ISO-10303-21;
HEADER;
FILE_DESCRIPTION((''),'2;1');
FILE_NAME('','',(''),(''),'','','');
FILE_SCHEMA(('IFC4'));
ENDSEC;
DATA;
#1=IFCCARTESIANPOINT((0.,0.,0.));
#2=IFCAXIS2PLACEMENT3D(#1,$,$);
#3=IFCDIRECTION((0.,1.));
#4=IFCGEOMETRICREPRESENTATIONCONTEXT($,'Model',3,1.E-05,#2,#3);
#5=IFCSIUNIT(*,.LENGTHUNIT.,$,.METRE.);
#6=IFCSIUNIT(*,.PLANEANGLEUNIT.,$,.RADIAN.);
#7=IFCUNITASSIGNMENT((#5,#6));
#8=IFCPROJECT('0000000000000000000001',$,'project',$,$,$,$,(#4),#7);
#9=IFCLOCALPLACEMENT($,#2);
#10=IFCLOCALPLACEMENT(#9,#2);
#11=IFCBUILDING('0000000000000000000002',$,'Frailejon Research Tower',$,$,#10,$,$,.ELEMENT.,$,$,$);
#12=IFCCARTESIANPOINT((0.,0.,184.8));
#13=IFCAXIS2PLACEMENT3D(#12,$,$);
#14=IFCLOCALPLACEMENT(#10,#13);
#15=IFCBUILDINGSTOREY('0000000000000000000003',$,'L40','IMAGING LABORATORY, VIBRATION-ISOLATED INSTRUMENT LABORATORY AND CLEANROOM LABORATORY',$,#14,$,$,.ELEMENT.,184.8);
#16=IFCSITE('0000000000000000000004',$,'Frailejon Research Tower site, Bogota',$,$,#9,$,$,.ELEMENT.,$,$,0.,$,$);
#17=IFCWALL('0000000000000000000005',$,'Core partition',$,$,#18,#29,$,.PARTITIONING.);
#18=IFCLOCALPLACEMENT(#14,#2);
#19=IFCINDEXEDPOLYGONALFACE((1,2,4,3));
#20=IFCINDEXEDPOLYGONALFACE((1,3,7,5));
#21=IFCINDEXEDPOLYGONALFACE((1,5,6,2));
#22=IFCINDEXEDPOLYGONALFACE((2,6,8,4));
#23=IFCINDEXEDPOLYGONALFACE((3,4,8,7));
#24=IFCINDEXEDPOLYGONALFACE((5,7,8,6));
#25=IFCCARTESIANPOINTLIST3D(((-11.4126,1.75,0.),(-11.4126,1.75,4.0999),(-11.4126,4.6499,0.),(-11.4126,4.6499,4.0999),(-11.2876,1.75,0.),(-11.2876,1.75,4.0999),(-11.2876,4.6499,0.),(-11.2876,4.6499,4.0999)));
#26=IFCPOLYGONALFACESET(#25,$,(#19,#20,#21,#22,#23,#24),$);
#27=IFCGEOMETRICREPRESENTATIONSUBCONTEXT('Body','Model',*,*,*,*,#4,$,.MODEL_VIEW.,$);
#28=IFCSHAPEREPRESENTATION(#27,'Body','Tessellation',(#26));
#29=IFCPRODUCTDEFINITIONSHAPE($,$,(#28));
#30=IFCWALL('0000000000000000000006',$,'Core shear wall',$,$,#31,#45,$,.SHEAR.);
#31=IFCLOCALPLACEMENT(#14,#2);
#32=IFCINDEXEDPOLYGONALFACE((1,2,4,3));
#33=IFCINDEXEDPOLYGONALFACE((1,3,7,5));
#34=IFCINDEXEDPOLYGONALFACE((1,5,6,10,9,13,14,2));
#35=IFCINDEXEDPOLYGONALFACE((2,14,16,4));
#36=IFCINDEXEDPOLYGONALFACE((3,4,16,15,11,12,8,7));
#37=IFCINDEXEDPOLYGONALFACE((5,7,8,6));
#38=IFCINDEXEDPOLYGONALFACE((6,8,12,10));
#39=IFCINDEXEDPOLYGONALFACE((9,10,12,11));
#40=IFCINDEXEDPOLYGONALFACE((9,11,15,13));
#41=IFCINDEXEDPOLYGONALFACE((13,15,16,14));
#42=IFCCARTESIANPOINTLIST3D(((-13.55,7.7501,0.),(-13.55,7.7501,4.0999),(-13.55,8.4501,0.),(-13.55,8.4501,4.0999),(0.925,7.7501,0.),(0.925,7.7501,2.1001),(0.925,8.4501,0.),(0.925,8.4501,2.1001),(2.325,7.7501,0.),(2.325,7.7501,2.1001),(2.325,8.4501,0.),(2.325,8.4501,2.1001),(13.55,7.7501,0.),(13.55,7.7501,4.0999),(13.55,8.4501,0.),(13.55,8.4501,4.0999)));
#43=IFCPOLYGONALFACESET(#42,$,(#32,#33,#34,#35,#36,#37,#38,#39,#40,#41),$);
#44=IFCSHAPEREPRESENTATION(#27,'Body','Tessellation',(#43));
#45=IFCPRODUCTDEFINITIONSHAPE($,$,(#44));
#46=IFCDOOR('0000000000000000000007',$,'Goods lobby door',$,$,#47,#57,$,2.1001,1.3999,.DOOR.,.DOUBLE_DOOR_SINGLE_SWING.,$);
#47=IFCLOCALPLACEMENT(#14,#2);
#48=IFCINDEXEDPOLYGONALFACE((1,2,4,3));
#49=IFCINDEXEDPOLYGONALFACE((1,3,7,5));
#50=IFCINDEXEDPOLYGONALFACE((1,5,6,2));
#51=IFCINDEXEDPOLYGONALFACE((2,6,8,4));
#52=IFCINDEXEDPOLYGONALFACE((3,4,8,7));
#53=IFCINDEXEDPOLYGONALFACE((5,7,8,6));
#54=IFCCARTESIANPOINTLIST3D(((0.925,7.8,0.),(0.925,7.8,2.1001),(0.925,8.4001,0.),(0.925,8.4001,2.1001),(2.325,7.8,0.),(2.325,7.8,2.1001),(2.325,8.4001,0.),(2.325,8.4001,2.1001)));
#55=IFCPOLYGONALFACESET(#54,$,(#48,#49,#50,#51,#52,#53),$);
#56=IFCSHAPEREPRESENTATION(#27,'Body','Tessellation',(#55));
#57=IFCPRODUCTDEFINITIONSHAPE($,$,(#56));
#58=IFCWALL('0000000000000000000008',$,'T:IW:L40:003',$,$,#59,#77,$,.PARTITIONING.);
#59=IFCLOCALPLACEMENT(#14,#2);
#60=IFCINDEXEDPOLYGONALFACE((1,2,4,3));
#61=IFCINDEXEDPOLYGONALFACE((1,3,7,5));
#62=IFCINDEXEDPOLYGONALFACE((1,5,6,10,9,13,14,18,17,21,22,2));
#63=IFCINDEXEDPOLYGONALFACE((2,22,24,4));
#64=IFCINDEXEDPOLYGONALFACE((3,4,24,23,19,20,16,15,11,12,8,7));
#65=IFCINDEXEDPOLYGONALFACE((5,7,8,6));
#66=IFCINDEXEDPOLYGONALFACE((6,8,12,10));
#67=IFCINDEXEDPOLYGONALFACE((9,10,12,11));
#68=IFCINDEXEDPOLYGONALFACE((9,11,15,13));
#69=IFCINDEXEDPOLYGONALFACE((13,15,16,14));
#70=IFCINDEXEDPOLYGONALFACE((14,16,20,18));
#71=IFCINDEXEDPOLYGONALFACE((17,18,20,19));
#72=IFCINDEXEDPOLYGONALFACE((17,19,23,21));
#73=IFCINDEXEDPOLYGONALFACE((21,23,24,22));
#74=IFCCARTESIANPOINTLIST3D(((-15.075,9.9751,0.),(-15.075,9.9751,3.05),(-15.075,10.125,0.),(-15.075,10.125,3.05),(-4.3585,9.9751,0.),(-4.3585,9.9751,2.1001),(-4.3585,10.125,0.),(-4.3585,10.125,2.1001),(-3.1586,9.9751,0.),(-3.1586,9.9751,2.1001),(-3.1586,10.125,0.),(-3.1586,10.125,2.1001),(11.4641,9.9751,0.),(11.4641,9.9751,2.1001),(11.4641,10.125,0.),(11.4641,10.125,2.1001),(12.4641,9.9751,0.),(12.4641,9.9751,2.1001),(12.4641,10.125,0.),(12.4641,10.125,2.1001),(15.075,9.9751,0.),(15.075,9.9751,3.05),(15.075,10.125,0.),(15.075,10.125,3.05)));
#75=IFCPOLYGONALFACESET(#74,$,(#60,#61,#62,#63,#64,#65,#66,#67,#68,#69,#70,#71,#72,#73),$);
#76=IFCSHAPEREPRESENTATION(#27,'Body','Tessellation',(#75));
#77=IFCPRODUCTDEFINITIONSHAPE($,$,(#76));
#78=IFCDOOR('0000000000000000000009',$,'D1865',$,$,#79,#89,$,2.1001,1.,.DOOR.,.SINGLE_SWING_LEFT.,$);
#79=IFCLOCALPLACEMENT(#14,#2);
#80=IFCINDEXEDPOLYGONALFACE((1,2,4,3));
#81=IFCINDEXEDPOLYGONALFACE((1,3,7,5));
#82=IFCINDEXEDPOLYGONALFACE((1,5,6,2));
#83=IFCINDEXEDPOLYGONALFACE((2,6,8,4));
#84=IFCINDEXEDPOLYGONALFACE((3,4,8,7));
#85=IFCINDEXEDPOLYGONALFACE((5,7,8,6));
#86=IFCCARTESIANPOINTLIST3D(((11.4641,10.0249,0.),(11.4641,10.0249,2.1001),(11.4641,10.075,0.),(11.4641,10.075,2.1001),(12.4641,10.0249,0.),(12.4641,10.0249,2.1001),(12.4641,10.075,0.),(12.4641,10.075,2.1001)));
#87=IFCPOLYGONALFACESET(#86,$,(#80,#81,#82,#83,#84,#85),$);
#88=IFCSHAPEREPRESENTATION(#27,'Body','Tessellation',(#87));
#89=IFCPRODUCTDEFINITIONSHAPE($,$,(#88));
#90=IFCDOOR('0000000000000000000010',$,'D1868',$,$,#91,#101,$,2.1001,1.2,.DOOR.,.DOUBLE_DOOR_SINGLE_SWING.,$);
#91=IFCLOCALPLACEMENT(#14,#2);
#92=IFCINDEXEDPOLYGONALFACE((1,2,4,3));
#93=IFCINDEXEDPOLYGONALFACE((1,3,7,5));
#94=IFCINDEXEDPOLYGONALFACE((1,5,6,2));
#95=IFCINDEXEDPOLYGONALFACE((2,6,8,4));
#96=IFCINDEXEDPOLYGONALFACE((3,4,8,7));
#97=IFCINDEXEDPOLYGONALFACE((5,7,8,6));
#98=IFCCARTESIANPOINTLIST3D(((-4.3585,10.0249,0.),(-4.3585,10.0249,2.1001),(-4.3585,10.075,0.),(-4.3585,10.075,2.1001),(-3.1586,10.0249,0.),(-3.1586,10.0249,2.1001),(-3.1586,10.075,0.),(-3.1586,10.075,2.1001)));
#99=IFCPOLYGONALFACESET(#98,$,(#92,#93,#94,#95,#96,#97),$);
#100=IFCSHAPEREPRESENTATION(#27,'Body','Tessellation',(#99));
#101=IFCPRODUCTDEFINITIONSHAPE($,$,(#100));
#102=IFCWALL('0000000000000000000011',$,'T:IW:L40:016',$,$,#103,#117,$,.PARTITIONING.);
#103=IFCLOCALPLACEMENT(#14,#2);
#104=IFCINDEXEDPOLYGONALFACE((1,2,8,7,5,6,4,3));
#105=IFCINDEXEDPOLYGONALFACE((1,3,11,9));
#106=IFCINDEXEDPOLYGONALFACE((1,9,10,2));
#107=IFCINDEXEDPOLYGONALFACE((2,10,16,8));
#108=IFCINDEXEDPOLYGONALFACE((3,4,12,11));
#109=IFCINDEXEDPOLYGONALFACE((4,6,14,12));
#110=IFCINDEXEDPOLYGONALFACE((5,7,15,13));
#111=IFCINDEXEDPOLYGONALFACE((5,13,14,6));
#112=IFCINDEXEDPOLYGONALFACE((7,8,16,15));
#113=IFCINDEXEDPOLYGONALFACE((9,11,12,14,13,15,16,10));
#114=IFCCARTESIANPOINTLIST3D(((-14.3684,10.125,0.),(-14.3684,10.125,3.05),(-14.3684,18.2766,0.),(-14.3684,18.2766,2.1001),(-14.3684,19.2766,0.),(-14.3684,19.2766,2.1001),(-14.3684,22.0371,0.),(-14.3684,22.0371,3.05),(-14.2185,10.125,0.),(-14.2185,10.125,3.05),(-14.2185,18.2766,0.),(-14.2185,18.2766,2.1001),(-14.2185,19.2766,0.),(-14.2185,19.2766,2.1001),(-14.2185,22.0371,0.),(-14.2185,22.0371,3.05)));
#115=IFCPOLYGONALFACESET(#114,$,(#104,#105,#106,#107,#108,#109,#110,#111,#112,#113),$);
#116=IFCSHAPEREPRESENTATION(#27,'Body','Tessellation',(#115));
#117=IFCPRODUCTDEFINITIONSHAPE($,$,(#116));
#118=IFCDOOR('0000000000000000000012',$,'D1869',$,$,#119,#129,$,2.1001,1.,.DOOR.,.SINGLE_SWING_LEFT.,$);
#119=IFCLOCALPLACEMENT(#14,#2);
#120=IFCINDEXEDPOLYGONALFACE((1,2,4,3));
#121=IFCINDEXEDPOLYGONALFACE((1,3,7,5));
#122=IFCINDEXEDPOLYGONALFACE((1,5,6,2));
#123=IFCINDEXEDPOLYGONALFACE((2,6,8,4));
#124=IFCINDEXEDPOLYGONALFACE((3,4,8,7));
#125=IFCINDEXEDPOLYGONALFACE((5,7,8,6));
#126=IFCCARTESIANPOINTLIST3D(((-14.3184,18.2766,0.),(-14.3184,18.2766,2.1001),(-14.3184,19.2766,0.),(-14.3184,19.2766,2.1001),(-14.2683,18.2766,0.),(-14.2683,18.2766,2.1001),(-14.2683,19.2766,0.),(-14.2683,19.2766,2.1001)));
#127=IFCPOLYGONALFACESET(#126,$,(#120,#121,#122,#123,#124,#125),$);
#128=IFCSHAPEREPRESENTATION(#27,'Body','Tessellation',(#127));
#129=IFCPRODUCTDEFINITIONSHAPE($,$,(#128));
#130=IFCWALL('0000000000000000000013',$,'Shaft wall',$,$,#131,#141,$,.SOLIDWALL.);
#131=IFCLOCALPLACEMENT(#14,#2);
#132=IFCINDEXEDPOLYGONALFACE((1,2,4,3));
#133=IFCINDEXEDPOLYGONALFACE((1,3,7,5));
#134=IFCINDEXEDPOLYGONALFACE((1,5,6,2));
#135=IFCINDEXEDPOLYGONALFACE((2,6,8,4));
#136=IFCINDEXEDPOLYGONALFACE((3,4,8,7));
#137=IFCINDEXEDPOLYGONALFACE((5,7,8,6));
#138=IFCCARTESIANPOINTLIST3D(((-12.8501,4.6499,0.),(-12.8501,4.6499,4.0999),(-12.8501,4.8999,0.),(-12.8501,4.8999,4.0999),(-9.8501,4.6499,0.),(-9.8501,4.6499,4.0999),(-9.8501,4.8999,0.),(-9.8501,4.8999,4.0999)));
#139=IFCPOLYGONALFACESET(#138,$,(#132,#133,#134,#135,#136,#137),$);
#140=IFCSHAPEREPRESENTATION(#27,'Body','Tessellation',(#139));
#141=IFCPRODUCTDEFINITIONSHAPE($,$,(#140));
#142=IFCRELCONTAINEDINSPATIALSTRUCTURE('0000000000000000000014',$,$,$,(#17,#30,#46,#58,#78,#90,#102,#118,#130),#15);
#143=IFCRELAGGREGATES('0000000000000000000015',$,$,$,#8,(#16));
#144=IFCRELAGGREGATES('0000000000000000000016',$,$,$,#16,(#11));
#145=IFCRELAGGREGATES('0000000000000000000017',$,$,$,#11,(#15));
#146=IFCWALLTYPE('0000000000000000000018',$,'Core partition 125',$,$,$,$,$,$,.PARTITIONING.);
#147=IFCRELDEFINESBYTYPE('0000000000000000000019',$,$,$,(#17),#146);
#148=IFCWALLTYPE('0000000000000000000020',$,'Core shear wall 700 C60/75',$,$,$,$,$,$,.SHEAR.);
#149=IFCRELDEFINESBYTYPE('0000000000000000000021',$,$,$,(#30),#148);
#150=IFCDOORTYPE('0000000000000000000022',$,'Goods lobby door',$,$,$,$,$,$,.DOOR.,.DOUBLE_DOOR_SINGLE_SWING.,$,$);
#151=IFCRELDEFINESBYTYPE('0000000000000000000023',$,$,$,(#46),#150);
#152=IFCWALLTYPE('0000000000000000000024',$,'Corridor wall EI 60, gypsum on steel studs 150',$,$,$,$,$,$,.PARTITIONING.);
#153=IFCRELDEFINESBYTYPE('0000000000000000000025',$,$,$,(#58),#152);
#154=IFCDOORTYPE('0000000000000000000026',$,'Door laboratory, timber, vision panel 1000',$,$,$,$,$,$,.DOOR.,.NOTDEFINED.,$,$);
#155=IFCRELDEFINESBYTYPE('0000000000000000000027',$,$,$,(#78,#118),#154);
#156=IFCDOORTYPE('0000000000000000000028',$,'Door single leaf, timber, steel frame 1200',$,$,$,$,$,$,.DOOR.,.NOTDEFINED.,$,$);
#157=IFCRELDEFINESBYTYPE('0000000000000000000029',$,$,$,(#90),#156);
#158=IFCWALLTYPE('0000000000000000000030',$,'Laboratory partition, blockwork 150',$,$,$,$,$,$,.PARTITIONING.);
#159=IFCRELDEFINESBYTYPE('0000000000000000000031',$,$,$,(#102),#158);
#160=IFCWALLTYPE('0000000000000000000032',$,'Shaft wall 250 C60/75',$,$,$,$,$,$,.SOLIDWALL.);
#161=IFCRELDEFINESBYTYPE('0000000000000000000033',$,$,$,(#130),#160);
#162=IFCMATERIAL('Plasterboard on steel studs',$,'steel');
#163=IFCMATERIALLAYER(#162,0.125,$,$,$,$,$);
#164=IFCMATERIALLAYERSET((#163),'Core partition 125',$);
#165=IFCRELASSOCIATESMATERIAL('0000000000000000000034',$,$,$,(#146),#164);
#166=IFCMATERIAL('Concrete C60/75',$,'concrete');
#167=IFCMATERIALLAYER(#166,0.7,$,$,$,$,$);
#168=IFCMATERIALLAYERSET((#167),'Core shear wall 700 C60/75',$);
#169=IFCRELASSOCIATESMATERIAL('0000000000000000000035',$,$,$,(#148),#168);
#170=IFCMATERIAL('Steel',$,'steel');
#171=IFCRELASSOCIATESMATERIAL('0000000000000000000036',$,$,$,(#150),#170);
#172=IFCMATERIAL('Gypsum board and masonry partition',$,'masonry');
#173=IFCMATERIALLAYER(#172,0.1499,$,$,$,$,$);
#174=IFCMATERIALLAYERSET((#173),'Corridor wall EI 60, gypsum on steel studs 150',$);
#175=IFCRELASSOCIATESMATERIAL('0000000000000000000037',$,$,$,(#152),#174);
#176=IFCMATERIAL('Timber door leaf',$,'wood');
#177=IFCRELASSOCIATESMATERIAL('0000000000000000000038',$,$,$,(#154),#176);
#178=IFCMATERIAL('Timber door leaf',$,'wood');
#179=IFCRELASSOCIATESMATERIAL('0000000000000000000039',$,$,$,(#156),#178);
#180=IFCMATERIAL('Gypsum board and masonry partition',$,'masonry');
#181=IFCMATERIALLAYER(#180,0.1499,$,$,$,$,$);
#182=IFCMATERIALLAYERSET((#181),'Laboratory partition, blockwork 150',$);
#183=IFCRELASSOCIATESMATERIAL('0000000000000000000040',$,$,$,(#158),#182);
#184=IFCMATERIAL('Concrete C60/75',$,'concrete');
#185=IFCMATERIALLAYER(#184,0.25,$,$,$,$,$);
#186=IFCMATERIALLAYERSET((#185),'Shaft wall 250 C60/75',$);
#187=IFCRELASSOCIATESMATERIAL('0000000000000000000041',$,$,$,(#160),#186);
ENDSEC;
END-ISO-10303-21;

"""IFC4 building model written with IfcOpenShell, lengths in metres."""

from ifc_helpers import new_model, si_unit, direction, frame, frame_2d, origin, place, context, subcontext, project, spatial, rectangle, extrude, material, layer, layer_set, type_object, element, fill, save


model = new_model("IFC4")

# Units and contexts
model_context = context("Model", 3, precision=1e-05, world=origin(), true_north=direction((0.0, 1.0)))
body_context = subcontext(model_context, "Body", "Model", "MODEL_VIEW")
ifc_project = project(units=[si_unit("LENGTHUNIT", "METRE"), si_unit("PLANEANGLEUNIT", "RADIAN")], contexts=[model_context])

# Site, building, storey
site_placement = place(None, origin())
site = spatial("IfcSite", under=ifc_project, at=site_placement, Name="Frailejon Research Tower site, Bogota", CompositionType="ELEMENT", RefElevation=0.0)
building_placement = place(site_placement, origin())
building = spatial("IfcBuilding", under=site, at=building_placement, Name="Frailejon Research Tower", CompositionType="ELEMENT")
storey_placement = place(building_placement, frame((0.0, 0.0, 184.8)))
storey = spatial("IfcBuildingStorey", under=building, at=storey_placement, Name="L40", Description="IMAGING LABORATORY, VIBRATION-ISOLATED INSTRUMENT LABORATORY AND CLEANROOM LABORATORY", CompositionType="ELEMENT", Elevation=184.8)

# Wall
ifc_material_1 = material(Name="Plasterboard on steel studs", Category="steel")
ifc_layer_1 = layer(ifc_material_1, 0.125)
ifc_layer_set_1 = layer_set([ifc_layer_1], Name="Core partition 125")
wall_type_1 = type_object("IfcWallType", Name="Core partition 125", PredefinedType="PARTITIONING", material=ifc_layer_set_1)
wall_1_placement = place(storey_placement, frame((-11.3501, 1.75, 0.0), z_axis=(0.0, 0.0, 1.0), x_axis=(0.0, 1.0, 0.0)))
element("IfcWall", 1, at=wall_1_placement, inside=storey, type_object=wall_type_1, Name="Core partition", PredefinedType="PARTITIONING", context=body_context, shape_type="SweptSolid", body=[
    extrude(rectangle(XDim=2.8999, YDim=0.125, at=frame_2d((1.45, 0.0))), origin(), (0.0, 0.0, 1.0), 4.0999),
])

# Wall, opening, door
ifc_material_2 = material(Name="Concrete C60/75", Category="concrete")
ifc_layer_2 = layer(ifc_material_2, 0.7)
ifc_layer_set_2 = layer_set([ifc_layer_2], Name="Core shear wall 700 C60/75")
wall_type_2 = type_object("IfcWallType", Name="Core shear wall 700 C60/75", PredefinedType="SHEAR", material=ifc_layer_set_2)
wall_2_placement = place(storey_placement, frame((-13.55, 8.1001, 0.0), z_axis=(0.0, 0.0, 1.0), x_axis=(1.0, 0.0, 0.0)))
wall_2 = element("IfcWall", 2, at=wall_2_placement, inside=storey, type_object=wall_type_2, Name="Core shear wall", PredefinedType="SHEAR", context=body_context, shape_type="SweptSolid", body=[
    extrude(rectangle(XDim=27.1001, YDim=0.7, at=frame_2d((13.55, 0.0))), origin(), (0.0, 0.0, 1.0), 4.0999),
])
opening_1_placement = place(wall_2_placement, frame((14.4751, 0.0, 0.0)))
opening_1 = element("IfcOpeningElement", 3, at=opening_1_placement, cuts=wall_2, PredefinedType="OPENING", context=body_context, shape_type="SweptSolid", body=[
    extrude(rectangle(XDim=1.3999, YDim=2.1001, at=frame_2d((0.7, 1.05))), frame((0.0, 0.3599, 0.0), z_axis=(0.0, -1.0, 0.0), x_axis=(1.0, 0.0, 0.0)), (0.0, 0.0, 1.0), 0.72),
])
ifc_material_3 = material(Name="Steel", Category="steel")
door_type_1 = type_object("IfcDoorType", Name="Goods lobby door", OperationType="DOUBLE_DOOR_SINGLE_SWING", PredefinedType="DOOR", material=ifc_material_3)
door_1_placement = place(opening_1_placement, origin())
door_1 = element("IfcDoor", 4, at=door_1_placement, inside=storey, type_object=door_type_1, Name="Goods lobby door", OperationType="DOUBLE_DOOR_SINGLE_SWING", OverallHeight=2.1001, OverallWidth=1.3999, PredefinedType="DOOR", context=body_context, shape_type="SweptSolid", body=[
    extrude(rectangle(XDim=1.3999, YDim=2.1001, at=frame_2d((0.7, 1.05))), frame((0.0, 0.3, 0.0), z_axis=(0.0, -1.0, 0.0), x_axis=(1.0, 0.0, 0.0)), (0.0, 0.0, 1.0), 0.6001),
])
fill(opening_1, door_1)

# Wall, openings, doors
ifc_material_4 = material(Name="Gypsum board and masonry partition", Category="masonry")
ifc_layer_3 = layer(ifc_material_4, 0.1499)
ifc_layer_set_3 = layer_set([ifc_layer_3], Name="Corridor wall EI 60, gypsum on steel studs 150")
wall_type_3 = type_object("IfcWallType", Name="Corridor wall EI 60, gypsum on steel studs 150", PredefinedType="PARTITIONING", material=ifc_layer_set_3)
wall_3_placement = place(storey_placement, frame((-15.075, 10.05, 0.0), z_axis=(0.0, 0.0, 1.0), x_axis=(1.0, 0.0, 0.0)))
wall_3 = element("IfcWall", 5, at=wall_3_placement, inside=storey, type_object=wall_type_3, Name="T:IW:L40:003", PredefinedType="PARTITIONING", context=body_context, shape_type="SweptSolid", body=[
    extrude(rectangle(XDim=30.1499, YDim=0.1499, at=frame_2d((15.075, 0.0))), origin(), (0.0, 0.0, 1.0), 3.05),
])
opening_2_placement = place(wall_3_placement, frame((26.5391, 0.0, 0.0)))
opening_2 = element("IfcOpeningElement", 6, at=opening_2_placement, cuts=wall_3, PredefinedType="OPENING", context=body_context, shape_type="SweptSolid", body=[
    extrude(rectangle(XDim=1.0, YDim=2.1001, at=frame_2d((0.5, 1.05))), frame((0.0, 0.085, 0.0), z_axis=(0.0, -1.0, 0.0), x_axis=(1.0, 0.0, 0.0)), (0.0, 0.0, 1.0), 0.1699),
])
opening_3_placement = place(wall_3_placement, frame((10.7163, 0.0, 0.0)))
opening_3 = element("IfcOpeningElement", 7, at=opening_3_placement, cuts=wall_3, PredefinedType="OPENING", context=body_context, shape_type="SweptSolid", body=[
    extrude(rectangle(XDim=1.2, YDim=2.1001, at=frame_2d((0.6001, 1.05))), frame((0.0, 0.085, 0.0), z_axis=(0.0, -1.0, 0.0), x_axis=(1.0, 0.0, 0.0)), (0.0, 0.0, 1.0), 0.1699),
])
ifc_material_5 = material(Name="Timber door leaf", Category="wood")
door_type_2 = type_object("IfcDoorType", Name="Door laboratory, timber, vision panel 1000", OperationType="NOTDEFINED", PredefinedType="DOOR", material=ifc_material_5)
door_2_placement = place(opening_2_placement, origin())
door_2 = element("IfcDoor", 8, at=door_2_placement, inside=storey, type_object=door_type_2, Name="D1865", OperationType="SINGLE_SWING_LEFT", OverallHeight=2.1001, OverallWidth=1.0, PredefinedType="DOOR", context=body_context, shape_type="SweptSolid", body=[
    extrude(rectangle(XDim=1.0, YDim=2.1001, at=frame_2d((0.5, 1.05))), frame((0.0, 0.0249, 0.0), z_axis=(0.0, -1.0, 0.0), x_axis=(1.0, 0.0, 0.0)), (0.0, 0.0, 1.0), 0.05),
])
fill(opening_2, door_2)
ifc_material_6 = material(Name="Timber door leaf", Category="wood")
door_type_3 = type_object("IfcDoorType", Name="Door single leaf, timber, steel frame 1200", OperationType="NOTDEFINED", PredefinedType="DOOR", material=ifc_material_6)
door_3_placement = place(opening_3_placement, origin())
door_3 = element("IfcDoor", 9, at=door_3_placement, inside=storey, type_object=door_type_3, Name="D1868", OperationType="DOUBLE_DOOR_SINGLE_SWING", OverallHeight=2.1001, OverallWidth=1.2, PredefinedType="DOOR", context=body_context, shape_type="SweptSolid", body=[
    extrude(rectangle(XDim=1.2, YDim=2.1001, at=frame_2d((0.6001, 1.05))), frame((0.0, 0.0249, 0.0), z_axis=(0.0, -1.0, 0.0), x_axis=(1.0, 0.0, 0.0)), (0.0, 0.0, 1.0), 0.05),
])
fill(opening_3, door_3)

# Wall, opening, door
ifc_material_7 = material(Name="Gypsum board and masonry partition", Category="masonry")
ifc_layer_4 = layer(ifc_material_7, 0.1499)
ifc_layer_set_4 = layer_set([ifc_layer_4], Name="Laboratory partition, blockwork 150")
wall_type_4 = type_object("IfcWallType", Name="Laboratory partition, blockwork 150", PredefinedType="PARTITIONING", material=ifc_layer_set_4)
wall_4_placement = place(storey_placement, frame((-14.2935, 10.125, 0.0), z_axis=(0.0, 0.0, 1.0), x_axis=(0.0, 1.0, 0.0)))
wall_4 = element("IfcWall", 10, at=wall_4_placement, inside=storey, type_object=wall_type_4, Name="T:IW:L40:016", PredefinedType="PARTITIONING", context=body_context, shape_type="SweptSolid", body=[
    extrude(rectangle(XDim=11.9121, YDim=0.1499, at=frame_2d((5.9561, 0.0))), origin(), (0.0, 0.0, 1.0), 3.05),
])
opening_4_placement = place(wall_4_placement, frame((8.1516, 0.0, 0.0)))
opening_4 = element("IfcOpeningElement", 11, at=opening_4_placement, cuts=wall_4, PredefinedType="OPENING", context=body_context, shape_type="SweptSolid", body=[
    extrude(rectangle(XDim=1.0, YDim=2.1001, at=frame_2d((0.5, 1.05))), frame((0.0, 0.085, 0.0), z_axis=(0.0, -1.0, 0.0), x_axis=(1.0, 0.0, 0.0)), (0.0, 0.0, 1.0), 0.1699),
])
door_4_placement = place(opening_4_placement, origin())
door_4 = element("IfcDoor", 12, at=door_4_placement, inside=storey, type_object=door_type_2, Name="D1869", OperationType="SINGLE_SWING_LEFT", OverallHeight=2.1001, OverallWidth=1.0, PredefinedType="DOOR", context=body_context, shape_type="SweptSolid", body=[
    extrude(rectangle(XDim=1.0, YDim=2.1001, at=frame_2d((0.5, 1.05))), frame((0.0, 0.0249, 0.0), z_axis=(0.0, -1.0, 0.0), x_axis=(1.0, 0.0, 0.0)), (0.0, 0.0, 1.0), 0.05),
])
fill(opening_4, door_4)

# Wall
ifc_material_8 = material(Name="Concrete C60/75", Category="concrete")
ifc_layer_5 = layer(ifc_material_8, 0.25)
ifc_layer_set_5 = layer_set([ifc_layer_5], Name="Shaft wall 250 C60/75")
wall_type_5 = type_object("IfcWallType", Name="Shaft wall 250 C60/75", PredefinedType="SOLIDWALL", material=ifc_layer_set_5)
wall_5_placement = place(storey_placement, frame((-12.8501, 4.7749, 0.0), z_axis=(0.0, 0.0, 1.0), x_axis=(1.0, 0.0, 0.0)))
element("IfcWall", 13, at=wall_5_placement, inside=storey, type_object=wall_type_5, Name="Shaft wall", PredefinedType="SOLIDWALL", context=body_context, shape_type="SweptSolid", body=[
    extrude(rectangle(XDim=3.0, YDim=0.25, at=frame_2d((1.5, 0.0))), origin(), (0.0, 0.0, 1.0), 4.0999),
])

save(model, "model.ifc")
